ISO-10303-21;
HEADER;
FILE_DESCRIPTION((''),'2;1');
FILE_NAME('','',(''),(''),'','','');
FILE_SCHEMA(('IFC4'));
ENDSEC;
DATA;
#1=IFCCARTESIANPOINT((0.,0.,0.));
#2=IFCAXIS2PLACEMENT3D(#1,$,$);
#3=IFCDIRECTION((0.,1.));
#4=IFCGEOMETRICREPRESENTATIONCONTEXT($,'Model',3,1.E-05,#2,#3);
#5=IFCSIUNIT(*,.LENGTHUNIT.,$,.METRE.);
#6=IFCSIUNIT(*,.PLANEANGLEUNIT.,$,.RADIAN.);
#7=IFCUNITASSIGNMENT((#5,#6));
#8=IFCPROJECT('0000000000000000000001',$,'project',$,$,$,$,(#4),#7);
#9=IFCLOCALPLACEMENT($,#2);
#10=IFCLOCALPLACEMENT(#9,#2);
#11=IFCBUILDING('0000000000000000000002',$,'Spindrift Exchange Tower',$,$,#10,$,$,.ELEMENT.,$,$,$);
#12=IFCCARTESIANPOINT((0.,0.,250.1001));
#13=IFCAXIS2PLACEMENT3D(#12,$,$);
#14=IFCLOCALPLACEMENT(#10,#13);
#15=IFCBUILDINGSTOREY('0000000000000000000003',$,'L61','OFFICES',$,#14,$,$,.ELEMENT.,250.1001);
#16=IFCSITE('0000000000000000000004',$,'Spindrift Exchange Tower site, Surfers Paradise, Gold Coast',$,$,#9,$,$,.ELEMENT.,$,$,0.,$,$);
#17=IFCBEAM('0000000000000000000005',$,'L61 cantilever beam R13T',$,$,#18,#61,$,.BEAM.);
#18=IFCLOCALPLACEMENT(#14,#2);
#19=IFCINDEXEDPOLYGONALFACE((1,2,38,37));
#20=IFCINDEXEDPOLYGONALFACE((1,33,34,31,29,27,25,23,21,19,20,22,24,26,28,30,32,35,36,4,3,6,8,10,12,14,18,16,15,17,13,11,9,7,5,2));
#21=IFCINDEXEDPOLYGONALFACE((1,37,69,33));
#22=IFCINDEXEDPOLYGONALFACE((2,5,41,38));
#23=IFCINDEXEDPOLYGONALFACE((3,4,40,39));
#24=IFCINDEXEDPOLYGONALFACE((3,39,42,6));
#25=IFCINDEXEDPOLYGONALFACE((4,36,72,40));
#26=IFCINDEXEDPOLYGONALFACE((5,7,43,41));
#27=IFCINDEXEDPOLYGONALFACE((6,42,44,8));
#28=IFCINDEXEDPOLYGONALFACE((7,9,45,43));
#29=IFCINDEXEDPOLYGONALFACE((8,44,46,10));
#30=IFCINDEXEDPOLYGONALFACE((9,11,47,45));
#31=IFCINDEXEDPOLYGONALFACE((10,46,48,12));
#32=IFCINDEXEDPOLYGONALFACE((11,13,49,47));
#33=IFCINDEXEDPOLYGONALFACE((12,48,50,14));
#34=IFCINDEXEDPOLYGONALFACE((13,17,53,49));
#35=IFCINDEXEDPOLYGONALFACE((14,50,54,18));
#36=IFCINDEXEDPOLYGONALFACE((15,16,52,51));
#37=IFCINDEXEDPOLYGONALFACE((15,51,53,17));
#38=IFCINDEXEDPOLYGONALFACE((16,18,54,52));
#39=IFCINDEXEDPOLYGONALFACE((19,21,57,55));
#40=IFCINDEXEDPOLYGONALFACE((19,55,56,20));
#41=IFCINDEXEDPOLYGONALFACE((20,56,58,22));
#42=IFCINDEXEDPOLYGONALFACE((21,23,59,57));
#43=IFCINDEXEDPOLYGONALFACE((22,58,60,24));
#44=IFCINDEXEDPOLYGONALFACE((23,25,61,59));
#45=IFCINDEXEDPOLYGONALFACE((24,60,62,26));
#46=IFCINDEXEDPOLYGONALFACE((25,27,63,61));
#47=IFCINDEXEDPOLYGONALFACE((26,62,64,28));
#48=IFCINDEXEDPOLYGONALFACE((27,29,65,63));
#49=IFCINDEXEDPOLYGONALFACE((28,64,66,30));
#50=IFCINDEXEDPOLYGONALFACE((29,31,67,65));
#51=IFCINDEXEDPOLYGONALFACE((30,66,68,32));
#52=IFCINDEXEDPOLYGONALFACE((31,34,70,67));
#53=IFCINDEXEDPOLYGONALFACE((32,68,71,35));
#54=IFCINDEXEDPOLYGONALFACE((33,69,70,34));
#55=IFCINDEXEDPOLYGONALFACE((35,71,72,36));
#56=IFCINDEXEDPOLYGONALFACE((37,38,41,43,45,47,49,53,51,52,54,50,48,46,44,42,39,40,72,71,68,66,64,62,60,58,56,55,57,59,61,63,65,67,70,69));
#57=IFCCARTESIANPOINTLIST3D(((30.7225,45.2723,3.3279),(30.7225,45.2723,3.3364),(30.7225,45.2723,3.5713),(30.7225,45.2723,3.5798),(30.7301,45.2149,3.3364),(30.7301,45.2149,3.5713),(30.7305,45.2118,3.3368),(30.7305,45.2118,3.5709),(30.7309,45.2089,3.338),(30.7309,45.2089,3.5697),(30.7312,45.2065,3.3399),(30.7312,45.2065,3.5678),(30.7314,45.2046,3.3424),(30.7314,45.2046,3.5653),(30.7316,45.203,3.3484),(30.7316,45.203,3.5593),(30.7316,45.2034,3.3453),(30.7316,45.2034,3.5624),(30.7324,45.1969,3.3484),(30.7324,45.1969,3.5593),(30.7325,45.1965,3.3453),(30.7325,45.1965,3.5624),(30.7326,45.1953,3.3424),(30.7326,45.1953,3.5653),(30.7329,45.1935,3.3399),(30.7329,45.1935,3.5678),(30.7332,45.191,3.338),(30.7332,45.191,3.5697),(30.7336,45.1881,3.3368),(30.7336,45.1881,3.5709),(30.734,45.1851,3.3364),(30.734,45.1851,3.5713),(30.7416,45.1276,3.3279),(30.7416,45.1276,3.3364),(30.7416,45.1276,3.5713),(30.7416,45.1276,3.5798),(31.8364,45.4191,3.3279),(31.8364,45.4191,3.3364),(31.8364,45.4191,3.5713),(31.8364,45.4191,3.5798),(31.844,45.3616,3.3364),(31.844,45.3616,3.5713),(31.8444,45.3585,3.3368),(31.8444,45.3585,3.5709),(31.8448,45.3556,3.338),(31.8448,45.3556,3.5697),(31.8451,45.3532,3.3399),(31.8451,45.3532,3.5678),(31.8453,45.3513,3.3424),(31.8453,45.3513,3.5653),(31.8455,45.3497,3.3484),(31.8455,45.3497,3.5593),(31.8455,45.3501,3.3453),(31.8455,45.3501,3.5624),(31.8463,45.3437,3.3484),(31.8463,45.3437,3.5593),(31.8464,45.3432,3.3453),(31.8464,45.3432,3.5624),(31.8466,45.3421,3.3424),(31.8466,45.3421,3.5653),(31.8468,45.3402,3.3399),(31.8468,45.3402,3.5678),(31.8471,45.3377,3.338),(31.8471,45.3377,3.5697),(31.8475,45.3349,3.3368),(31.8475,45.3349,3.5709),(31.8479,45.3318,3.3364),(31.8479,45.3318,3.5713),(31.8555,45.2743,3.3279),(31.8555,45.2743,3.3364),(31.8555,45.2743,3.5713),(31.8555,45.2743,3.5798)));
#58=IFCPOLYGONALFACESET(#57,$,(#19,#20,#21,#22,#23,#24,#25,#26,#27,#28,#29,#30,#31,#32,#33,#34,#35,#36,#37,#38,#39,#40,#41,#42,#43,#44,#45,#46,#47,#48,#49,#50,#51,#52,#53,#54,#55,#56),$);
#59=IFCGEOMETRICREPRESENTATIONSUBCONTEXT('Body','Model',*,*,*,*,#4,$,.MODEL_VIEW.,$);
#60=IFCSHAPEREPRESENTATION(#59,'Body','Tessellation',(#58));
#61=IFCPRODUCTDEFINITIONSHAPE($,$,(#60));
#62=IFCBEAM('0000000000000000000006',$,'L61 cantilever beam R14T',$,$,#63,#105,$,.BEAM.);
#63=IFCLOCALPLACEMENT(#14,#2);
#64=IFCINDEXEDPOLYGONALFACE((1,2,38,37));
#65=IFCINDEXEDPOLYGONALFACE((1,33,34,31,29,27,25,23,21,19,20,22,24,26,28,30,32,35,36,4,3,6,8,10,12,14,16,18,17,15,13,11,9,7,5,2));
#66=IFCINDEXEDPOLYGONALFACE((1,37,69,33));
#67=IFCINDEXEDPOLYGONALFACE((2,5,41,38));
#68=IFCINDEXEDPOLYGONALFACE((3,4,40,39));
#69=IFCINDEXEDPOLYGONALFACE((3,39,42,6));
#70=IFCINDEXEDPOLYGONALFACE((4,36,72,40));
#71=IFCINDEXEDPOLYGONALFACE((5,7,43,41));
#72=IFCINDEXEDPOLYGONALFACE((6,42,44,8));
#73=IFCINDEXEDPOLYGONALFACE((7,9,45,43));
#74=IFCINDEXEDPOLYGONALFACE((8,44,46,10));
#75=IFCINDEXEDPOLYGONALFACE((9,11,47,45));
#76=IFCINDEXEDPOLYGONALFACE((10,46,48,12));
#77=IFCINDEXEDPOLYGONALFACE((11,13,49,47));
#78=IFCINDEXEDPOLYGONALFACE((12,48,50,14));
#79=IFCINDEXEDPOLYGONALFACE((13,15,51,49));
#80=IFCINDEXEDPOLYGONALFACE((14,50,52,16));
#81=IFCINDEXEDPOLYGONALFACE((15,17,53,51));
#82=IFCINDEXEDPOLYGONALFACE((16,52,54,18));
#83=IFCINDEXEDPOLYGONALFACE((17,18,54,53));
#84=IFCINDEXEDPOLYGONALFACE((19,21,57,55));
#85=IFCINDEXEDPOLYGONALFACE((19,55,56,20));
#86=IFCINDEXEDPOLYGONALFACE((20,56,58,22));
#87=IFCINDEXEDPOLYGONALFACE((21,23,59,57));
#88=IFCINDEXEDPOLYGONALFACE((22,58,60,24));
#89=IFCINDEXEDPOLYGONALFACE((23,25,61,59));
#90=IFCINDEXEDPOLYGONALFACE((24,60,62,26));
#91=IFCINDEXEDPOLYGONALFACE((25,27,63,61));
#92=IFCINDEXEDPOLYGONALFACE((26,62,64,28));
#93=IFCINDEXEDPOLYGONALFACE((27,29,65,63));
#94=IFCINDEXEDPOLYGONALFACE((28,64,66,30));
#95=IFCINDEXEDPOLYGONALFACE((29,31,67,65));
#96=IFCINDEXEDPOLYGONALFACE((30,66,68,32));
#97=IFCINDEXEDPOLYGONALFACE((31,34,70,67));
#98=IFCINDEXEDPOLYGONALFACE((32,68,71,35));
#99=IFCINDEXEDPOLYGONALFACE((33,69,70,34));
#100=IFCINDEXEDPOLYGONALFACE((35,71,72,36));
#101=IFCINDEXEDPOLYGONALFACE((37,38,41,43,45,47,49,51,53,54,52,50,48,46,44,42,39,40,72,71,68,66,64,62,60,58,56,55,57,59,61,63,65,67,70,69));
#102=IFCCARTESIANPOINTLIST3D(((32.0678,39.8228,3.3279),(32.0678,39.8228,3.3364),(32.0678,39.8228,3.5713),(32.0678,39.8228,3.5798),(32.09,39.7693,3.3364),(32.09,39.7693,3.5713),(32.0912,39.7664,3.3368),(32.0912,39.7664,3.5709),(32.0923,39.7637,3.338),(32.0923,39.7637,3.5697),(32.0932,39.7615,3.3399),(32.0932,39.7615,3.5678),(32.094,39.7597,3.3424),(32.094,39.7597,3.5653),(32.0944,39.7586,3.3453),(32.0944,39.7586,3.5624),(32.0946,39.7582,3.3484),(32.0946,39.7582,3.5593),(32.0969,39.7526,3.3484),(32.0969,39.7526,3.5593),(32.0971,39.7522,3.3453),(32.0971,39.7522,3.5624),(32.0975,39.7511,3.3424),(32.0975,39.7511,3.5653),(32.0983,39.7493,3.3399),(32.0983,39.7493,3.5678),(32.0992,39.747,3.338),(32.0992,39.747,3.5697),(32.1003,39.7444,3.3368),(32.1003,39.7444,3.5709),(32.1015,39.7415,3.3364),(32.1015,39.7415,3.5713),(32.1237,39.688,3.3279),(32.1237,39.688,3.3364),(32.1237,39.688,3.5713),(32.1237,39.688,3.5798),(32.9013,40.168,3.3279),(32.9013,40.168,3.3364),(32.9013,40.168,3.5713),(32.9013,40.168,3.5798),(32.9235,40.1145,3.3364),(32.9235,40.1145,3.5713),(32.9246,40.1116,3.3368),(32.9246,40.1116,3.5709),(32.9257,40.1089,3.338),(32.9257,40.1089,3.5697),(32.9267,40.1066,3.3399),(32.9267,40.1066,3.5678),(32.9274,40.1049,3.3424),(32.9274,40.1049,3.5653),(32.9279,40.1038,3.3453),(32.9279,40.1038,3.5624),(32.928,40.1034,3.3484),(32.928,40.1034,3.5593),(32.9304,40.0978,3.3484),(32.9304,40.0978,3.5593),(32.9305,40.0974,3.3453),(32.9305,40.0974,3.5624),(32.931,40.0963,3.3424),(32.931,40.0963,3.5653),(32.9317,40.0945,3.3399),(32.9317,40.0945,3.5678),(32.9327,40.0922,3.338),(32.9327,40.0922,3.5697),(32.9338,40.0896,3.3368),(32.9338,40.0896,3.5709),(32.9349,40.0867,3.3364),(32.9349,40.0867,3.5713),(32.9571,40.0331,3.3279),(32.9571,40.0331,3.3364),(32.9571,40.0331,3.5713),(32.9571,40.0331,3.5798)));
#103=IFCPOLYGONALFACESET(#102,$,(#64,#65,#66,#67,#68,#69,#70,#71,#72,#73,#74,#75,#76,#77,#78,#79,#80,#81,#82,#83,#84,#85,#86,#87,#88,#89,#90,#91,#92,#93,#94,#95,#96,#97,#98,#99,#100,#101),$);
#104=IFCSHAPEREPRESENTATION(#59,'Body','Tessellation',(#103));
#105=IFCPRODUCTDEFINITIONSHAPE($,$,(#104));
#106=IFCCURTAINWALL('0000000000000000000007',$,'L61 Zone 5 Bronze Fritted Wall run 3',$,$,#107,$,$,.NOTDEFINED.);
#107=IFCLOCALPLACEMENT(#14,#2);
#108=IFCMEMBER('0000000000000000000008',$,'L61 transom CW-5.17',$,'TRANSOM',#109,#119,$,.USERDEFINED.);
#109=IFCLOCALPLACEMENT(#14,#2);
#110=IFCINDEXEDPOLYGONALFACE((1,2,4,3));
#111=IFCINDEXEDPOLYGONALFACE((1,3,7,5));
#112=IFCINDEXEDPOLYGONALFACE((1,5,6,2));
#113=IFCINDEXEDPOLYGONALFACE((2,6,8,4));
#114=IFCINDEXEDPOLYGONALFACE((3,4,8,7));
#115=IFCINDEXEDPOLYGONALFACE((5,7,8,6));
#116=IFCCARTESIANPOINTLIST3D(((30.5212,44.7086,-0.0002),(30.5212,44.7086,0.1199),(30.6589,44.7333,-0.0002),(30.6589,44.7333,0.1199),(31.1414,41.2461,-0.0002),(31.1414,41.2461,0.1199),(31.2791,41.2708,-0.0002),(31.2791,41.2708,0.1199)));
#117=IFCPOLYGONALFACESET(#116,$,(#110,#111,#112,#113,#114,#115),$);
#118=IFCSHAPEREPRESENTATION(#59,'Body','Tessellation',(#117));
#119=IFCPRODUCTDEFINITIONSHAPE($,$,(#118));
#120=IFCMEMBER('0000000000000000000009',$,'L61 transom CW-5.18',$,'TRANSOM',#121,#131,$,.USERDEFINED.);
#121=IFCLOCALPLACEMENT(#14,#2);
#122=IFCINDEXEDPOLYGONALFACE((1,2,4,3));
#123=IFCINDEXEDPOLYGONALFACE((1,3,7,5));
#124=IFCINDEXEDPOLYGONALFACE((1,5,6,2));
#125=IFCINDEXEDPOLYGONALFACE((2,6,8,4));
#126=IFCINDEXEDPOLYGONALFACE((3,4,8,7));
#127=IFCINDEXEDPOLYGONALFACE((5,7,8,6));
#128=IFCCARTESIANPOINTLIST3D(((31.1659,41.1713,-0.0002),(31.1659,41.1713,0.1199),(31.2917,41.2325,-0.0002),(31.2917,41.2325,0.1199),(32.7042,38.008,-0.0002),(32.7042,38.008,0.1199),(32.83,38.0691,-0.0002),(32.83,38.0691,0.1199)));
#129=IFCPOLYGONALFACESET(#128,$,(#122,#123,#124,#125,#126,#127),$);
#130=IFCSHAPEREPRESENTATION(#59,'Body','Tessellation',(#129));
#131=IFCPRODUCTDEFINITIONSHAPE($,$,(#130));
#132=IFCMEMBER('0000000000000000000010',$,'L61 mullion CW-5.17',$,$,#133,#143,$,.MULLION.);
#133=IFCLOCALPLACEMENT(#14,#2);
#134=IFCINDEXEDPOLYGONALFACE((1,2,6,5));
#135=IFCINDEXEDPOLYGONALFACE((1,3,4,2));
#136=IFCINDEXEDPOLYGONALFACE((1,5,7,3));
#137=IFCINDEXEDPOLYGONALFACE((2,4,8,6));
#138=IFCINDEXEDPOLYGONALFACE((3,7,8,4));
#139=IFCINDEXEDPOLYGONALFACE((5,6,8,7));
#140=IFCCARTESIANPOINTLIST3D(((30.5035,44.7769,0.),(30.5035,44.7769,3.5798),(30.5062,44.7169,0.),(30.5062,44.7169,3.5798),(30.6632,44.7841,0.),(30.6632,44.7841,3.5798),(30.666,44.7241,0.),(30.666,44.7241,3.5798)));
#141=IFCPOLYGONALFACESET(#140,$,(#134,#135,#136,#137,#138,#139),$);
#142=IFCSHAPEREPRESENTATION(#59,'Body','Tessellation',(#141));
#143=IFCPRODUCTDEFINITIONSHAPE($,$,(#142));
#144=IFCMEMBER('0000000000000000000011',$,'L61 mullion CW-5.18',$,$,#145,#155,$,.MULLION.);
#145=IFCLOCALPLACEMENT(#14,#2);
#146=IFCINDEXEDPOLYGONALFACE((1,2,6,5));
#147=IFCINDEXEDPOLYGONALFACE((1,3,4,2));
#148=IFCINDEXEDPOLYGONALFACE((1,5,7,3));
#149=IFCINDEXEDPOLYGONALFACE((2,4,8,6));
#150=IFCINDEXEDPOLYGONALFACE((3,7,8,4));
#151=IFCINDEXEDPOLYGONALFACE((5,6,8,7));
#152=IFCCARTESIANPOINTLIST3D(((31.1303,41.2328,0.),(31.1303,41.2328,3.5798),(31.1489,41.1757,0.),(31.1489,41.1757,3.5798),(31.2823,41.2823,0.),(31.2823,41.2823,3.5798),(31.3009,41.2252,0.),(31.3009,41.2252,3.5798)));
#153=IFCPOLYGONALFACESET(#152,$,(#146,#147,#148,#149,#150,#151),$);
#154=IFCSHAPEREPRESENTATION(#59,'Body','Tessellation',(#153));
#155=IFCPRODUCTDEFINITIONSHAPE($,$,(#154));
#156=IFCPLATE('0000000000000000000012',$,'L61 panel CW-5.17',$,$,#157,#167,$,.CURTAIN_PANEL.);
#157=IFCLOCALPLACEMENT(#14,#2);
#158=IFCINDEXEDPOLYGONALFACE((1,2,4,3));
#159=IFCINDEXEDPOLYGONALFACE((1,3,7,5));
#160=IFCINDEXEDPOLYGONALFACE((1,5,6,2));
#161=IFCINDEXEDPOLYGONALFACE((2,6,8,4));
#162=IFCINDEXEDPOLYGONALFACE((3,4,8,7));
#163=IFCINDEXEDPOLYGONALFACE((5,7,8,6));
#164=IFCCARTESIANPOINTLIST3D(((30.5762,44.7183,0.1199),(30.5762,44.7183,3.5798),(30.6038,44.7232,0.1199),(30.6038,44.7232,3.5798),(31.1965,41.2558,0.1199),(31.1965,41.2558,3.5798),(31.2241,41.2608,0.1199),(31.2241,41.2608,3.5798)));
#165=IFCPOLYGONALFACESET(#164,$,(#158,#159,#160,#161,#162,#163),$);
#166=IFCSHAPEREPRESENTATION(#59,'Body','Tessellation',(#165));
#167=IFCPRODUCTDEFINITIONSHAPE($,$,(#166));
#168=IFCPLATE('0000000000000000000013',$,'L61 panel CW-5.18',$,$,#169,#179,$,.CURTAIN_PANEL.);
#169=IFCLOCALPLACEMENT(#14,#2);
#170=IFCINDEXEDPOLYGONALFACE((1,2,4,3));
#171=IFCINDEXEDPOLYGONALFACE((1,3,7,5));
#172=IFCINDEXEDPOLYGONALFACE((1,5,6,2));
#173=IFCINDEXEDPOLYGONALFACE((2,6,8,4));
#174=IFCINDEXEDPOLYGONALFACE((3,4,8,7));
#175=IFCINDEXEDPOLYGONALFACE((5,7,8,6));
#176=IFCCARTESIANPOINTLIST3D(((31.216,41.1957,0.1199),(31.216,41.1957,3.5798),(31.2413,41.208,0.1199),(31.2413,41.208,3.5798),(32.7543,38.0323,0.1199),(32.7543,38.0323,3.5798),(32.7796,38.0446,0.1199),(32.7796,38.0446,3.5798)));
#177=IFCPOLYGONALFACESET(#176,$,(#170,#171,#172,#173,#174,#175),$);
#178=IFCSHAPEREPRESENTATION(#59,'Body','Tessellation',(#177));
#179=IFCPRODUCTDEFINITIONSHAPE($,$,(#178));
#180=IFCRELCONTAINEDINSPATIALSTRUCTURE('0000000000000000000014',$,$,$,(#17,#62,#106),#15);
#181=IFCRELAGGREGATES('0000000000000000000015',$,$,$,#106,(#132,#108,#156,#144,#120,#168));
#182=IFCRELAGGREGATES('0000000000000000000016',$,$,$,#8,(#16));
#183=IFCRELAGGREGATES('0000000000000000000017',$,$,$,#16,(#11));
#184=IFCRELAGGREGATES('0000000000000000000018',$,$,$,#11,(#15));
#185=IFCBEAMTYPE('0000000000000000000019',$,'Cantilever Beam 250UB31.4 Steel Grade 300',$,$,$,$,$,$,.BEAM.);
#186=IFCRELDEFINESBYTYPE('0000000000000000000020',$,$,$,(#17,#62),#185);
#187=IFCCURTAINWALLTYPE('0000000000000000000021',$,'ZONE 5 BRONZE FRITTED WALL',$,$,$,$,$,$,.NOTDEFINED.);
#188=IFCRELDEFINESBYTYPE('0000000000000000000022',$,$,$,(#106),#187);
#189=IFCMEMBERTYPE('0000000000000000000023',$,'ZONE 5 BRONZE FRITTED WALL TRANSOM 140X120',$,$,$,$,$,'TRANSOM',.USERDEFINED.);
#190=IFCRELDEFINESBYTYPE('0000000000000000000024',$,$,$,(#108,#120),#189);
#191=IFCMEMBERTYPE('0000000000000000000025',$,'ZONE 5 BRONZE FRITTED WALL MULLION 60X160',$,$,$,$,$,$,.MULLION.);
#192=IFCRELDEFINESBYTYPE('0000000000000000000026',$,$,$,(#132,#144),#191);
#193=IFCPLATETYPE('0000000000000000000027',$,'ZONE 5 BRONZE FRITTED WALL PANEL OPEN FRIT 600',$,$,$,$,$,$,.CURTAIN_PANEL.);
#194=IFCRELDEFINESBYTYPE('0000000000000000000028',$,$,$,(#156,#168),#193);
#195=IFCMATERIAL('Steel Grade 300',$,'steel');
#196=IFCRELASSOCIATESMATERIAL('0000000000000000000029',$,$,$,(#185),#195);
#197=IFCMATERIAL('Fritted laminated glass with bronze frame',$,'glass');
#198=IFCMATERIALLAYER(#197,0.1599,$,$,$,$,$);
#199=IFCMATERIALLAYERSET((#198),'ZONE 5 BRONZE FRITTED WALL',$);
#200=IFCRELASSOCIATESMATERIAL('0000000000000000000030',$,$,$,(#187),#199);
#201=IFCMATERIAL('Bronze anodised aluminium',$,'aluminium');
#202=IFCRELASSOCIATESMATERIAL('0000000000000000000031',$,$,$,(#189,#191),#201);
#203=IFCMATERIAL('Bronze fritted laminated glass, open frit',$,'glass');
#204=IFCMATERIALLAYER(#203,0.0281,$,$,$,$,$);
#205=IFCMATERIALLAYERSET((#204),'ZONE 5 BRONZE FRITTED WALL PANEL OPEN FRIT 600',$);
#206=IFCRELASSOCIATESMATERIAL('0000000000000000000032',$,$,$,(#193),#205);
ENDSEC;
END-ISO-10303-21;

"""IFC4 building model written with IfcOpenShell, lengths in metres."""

from ifc_helpers import new_model, si_unit, direction, frame, origin, origin_2d, place, context, subcontext, project, spatial, rectangle, i_section, extrude, source, transform, mapped, material, layer, layer_set, material_profile, profile_set, type_object, element, aggregate, save


model = new_model("IFC4")

# Units and contexts
model_context = context("Model", 3, precision=1e-05, world=origin(), true_north=direction((0.0, 1.0)))
body_context = subcontext(model_context, "Body", "Model", "MODEL_VIEW")
ifc_project = project(units=[si_unit("LENGTHUNIT", "METRE"), si_unit("PLANEANGLEUNIT", "RADIAN")], contexts=[model_context])

# Site, building, storey
site_placement = place(None, origin())
site = spatial("IfcSite", under=ifc_project, at=site_placement, Name="Spindrift Exchange Tower site, Surfers Paradise, Gold Coast", CompositionType="ELEMENT", RefElevation=0.0)
building_placement = place(site_placement, origin())
building = spatial("IfcBuilding", under=site, at=building_placement, Name="Spindrift Exchange Tower", CompositionType="ELEMENT")
storey_placement = place(building_placement, frame((0.0, 0.0, 250.1001)))
storey = spatial("IfcBuildingStorey", under=building, at=storey_placement, Name="L61", Description="OFFICES", CompositionType="ELEMENT", Elevation=250.1001)

# Beams
ifc_material_1 = material(Name="Steel Grade 300", Category="steel")
ifc_material_profile_1 = material_profile(ifc_material_1, i_section(OverallWidth=0.146, OverallDepth=0.252, WebThickness=0.0061, FlangeThickness=0.0085, FilletRadius=0.012, at=origin_2d()), Name="250UB31.4")
ifc_profile_set_1 = profile_set([ifc_material_profile_1], Name="Steel Grade 300")
beam_type_1 = type_object("IfcBeamType", Name="Cantilever Beam 250UB31.4 Steel Grade 300", PredefinedType="BEAM", material=ifc_profile_set_1)
shared_shape_1 = source(origin(), body_context, "Body", "SweptSolid", [
    extrude(i_section(OverallWidth=0.146, OverallDepth=0.252, WebThickness=0.0061, FlangeThickness=0.0085, FilletRadius=0.012, at=origin_2d()), origin(), (0.0, 0.0, 1.0), 1.1235),
])
beam_1_placement = place(storey_placement, frame((31.8459, 45.3467, 3.4539), z_axis=(-0.991437, -0.130584, 0.0), x_axis=(0.130584, -0.991437, 0.0)))
element("IfcBeam", 1, at=beam_1_placement, inside=storey, type_object=beam_type_1, Name="L61 cantilever beam R13T", PredefinedType="BEAM", context=body_context, shape_type="MappedRepresentation", body=[
    mapped(shared_shape_1, transform((0.0, 0.0, 0.0), scale=1.0)),
])
shared_shape_2 = source(origin(), body_context, "Body", "SweptSolid", [
    extrude(i_section(OverallWidth=0.146, OverallDepth=0.252, WebThickness=0.0061, FlangeThickness=0.0085, FilletRadius=0.012, at=origin_2d()), origin(), (0.0, 0.0, 1.0), 0.9021),
])
beam_2_placement = place(storey_placement, frame((32.9292, 40.1006, 3.4539), z_axis=(-0.923892, -0.382655, 0.0), x_axis=(0.382655, -0.923892, 0.0)))
element("IfcBeam", 2, at=beam_2_placement, inside=storey, type_object=beam_type_1, Name="L61 cantilever beam R14T", PredefinedType="BEAM", context=body_context, shape_type="MappedRepresentation", body=[
    mapped(shared_shape_2, transform((0.0, 0.0, 0.0), scale=1.0)),
])

# Curtain wall, members, plates
ifc_material_2 = material(Name="Fritted laminated glass with bronze frame", Category="glass")
ifc_layer_1 = layer(ifc_material_2, 0.1599)
ifc_layer_set_1 = layer_set([ifc_layer_1], Name="ZONE 5 BRONZE FRITTED WALL")
curtain_wall_type = type_object("IfcCurtainWallType", Name="ZONE 5 BRONZE FRITTED WALL", PredefinedType="NOTDEFINED", material=ifc_layer_set_1)
curtain_wall_placement = place(storey_placement, origin())
curtain_wall = element("IfcCurtainWall", 3, at=curtain_wall_placement, inside=storey, type_object=curtain_wall_type, Name="L61 Zone 5 Bronze Fritted Wall run 3", PredefinedType="NOTDEFINED")
ifc_material_3 = material(Name="Bronze anodised aluminium", Category="aluminium")
ifc_material_profile_2 = material_profile(ifc_material_3, rectangle(XDim=0.1399, YDim=0.1201, at=origin_2d()), Name="ZONE 5 BRONZE FRITTED WALL TRANSOM 140X120")
ifc_profile_set_2 = profile_set([ifc_material_profile_2], Name="Bronze anodised aluminium")
member_type_1 = type_object("IfcMemberType", Name="ZONE 5 BRONZE FRITTED WALL TRANSOM 140X120", ElementType="TRANSOM", PredefinedType="USERDEFINED", material=ifc_profile_set_2)
shared_shape_3 = source(origin(), body_context, "Body", "SweptSolid", [
    extrude(rectangle(XDim=0.1399, YDim=0.1201, at=origin_2d()), origin(), (0.0, 0.0, 1.0), 3.5176),
])
member_1_placement = place(storey_placement, frame((30.5901, 44.7209, 0.0598), z_axis=(0.176295, -0.984337, 0.0), x_axis=(0.984337, 0.176295, 0.0)))
member_1 = element("IfcMember", 4, at=member_1_placement, type_object=member_type_1, Name="L61 transom CW-5.17", ObjectType="TRANSOM", PredefinedType="USERDEFINED", context=body_context, shape_type="MappedRepresentation", body=[
    mapped(shared_shape_3, transform((0.0, 0.0, 0.0), scale=1.0)),
])
member_2_placement = place(storey_placement, frame((31.2288, 41.2019, 0.0598), z_axis=(0.437331, -0.899301, 0.0), x_axis=(0.899301, 0.437331, 0.0)))
member_2 = element("IfcMember", 5, at=member_2_placement, type_object=member_type_1, Name="L61 transom CW-5.18", ObjectType="TRANSOM", PredefinedType="USERDEFINED", context=body_context, shape_type="MappedRepresentation", body=[
    mapped(shared_shape_3, transform((0.0, 0.0, 0.0), scale=1.0)),
])
ifc_material_profile_3 = material_profile(ifc_material_3, rectangle(XDim=0.0601, YDim=0.1599, at=origin_2d()), Name="ZONE 5 BRONZE FRITTED WALL MULLION 60X160")
ifc_profile_set_3 = profile_set([ifc_material_profile_3], Name="Bronze anodised aluminium")
member_type_2 = type_object("IfcMemberType", Name="ZONE 5 BRONZE FRITTED WALL MULLION 60X160", PredefinedType="MULLION", material=ifc_profile_set_3)
shared_shape_4 = source(origin(), body_context, "Body", "SweptSolid", [
    extrude(rectangle(XDim=0.0601, YDim=0.1599, at=origin_2d()), origin(), (0.0, 0.0, 1.0), 3.5798),
])
member_3_placement = place(storey_placement, frame((30.5847, 44.7505, 0.0), z_axis=(0.0, 0.0, 1.0), x_axis=(0.045389, -0.998969, 0.0)))
member_3 = element("IfcMember", 6, at=member_3_placement, type_object=member_type_2, Name="L61 mullion CW-5.17", PredefinedType="MULLION", context=body_context, shape_type="MappedRepresentation", body=[
    mapped(shared_shape_4, transform((0.0, 0.0, 0.0), scale=1.0)),
])
member_4_placement = place(storey_placement, frame((31.2156, 41.229, 0.0), z_axis=(0.0, 0.0, 1.0), x_axis=(0.309762, -0.950814, 0.0)))
member_4 = element("IfcMember", 7, at=member_4_placement, type_object=member_type_2, Name="L61 mullion CW-5.18", PredefinedType="MULLION", context=body_context, shape_type="MappedRepresentation", body=[
    mapped(shared_shape_4, transform((0.0, 0.0, 0.0), scale=1.0)),
])
ifc_material_4 = material(Name="Bronze fritted laminated glass, open frit", Category="glass")
ifc_layer_2 = layer(ifc_material_4, 0.0281)
ifc_layer_set_2 = layer_set([ifc_layer_2], Name="ZONE 5 BRONZE FRITTED WALL PANEL OPEN FRIT 600")
plate_type = type_object("IfcPlateType", Name="ZONE 5 BRONZE FRITTED WALL PANEL OPEN FRIT 600", PredefinedType="CURTAIN_PANEL", material=ifc_layer_set_2)
shared_shape_5 = source(origin(), body_context, "Body", "SweptSolid", [
    extrude(rectangle(XDim=3.5176, YDim=0.0281, at=origin_2d()), origin(), (0.0, 0.0, 1.0), 3.46),
])
plate_1_placement = place(storey_placement, frame((30.9001, 42.9895, 0.1199), z_axis=(0.0, 0.0, 1.0), x_axis=(0.176349, -0.984328, 0.0)))
plate_1 = element("IfcPlate", 8, at=plate_1_placement, type_object=plate_type, Name="L61 panel CW-5.17", PredefinedType="CURTAIN_PANEL", context=body_context, shape_type="MappedRepresentation", body=[
    mapped(shared_shape_5, transform((0.0, 0.0, 0.0), scale=1.0)),
])
plate_2_placement = place(storey_placement, frame((31.9978, 39.6201, 0.1199), z_axis=(0.0, 0.0, 1.0), x_axis=(0.437314, -0.899309, 0.0)))
plate_2 = element("IfcPlate", 9, at=plate_2_placement, type_object=plate_type, Name="L61 panel CW-5.18", PredefinedType="CURTAIN_PANEL", context=body_context, shape_type="MappedRepresentation", body=[
    mapped(shared_shape_5, transform((0.0, 0.0, 0.0), scale=1.0)),
])
aggregate(curtain_wall, [member_3, member_1, plate_1, member_4, member_2, plate_2])

save(model, "model.ifc")
